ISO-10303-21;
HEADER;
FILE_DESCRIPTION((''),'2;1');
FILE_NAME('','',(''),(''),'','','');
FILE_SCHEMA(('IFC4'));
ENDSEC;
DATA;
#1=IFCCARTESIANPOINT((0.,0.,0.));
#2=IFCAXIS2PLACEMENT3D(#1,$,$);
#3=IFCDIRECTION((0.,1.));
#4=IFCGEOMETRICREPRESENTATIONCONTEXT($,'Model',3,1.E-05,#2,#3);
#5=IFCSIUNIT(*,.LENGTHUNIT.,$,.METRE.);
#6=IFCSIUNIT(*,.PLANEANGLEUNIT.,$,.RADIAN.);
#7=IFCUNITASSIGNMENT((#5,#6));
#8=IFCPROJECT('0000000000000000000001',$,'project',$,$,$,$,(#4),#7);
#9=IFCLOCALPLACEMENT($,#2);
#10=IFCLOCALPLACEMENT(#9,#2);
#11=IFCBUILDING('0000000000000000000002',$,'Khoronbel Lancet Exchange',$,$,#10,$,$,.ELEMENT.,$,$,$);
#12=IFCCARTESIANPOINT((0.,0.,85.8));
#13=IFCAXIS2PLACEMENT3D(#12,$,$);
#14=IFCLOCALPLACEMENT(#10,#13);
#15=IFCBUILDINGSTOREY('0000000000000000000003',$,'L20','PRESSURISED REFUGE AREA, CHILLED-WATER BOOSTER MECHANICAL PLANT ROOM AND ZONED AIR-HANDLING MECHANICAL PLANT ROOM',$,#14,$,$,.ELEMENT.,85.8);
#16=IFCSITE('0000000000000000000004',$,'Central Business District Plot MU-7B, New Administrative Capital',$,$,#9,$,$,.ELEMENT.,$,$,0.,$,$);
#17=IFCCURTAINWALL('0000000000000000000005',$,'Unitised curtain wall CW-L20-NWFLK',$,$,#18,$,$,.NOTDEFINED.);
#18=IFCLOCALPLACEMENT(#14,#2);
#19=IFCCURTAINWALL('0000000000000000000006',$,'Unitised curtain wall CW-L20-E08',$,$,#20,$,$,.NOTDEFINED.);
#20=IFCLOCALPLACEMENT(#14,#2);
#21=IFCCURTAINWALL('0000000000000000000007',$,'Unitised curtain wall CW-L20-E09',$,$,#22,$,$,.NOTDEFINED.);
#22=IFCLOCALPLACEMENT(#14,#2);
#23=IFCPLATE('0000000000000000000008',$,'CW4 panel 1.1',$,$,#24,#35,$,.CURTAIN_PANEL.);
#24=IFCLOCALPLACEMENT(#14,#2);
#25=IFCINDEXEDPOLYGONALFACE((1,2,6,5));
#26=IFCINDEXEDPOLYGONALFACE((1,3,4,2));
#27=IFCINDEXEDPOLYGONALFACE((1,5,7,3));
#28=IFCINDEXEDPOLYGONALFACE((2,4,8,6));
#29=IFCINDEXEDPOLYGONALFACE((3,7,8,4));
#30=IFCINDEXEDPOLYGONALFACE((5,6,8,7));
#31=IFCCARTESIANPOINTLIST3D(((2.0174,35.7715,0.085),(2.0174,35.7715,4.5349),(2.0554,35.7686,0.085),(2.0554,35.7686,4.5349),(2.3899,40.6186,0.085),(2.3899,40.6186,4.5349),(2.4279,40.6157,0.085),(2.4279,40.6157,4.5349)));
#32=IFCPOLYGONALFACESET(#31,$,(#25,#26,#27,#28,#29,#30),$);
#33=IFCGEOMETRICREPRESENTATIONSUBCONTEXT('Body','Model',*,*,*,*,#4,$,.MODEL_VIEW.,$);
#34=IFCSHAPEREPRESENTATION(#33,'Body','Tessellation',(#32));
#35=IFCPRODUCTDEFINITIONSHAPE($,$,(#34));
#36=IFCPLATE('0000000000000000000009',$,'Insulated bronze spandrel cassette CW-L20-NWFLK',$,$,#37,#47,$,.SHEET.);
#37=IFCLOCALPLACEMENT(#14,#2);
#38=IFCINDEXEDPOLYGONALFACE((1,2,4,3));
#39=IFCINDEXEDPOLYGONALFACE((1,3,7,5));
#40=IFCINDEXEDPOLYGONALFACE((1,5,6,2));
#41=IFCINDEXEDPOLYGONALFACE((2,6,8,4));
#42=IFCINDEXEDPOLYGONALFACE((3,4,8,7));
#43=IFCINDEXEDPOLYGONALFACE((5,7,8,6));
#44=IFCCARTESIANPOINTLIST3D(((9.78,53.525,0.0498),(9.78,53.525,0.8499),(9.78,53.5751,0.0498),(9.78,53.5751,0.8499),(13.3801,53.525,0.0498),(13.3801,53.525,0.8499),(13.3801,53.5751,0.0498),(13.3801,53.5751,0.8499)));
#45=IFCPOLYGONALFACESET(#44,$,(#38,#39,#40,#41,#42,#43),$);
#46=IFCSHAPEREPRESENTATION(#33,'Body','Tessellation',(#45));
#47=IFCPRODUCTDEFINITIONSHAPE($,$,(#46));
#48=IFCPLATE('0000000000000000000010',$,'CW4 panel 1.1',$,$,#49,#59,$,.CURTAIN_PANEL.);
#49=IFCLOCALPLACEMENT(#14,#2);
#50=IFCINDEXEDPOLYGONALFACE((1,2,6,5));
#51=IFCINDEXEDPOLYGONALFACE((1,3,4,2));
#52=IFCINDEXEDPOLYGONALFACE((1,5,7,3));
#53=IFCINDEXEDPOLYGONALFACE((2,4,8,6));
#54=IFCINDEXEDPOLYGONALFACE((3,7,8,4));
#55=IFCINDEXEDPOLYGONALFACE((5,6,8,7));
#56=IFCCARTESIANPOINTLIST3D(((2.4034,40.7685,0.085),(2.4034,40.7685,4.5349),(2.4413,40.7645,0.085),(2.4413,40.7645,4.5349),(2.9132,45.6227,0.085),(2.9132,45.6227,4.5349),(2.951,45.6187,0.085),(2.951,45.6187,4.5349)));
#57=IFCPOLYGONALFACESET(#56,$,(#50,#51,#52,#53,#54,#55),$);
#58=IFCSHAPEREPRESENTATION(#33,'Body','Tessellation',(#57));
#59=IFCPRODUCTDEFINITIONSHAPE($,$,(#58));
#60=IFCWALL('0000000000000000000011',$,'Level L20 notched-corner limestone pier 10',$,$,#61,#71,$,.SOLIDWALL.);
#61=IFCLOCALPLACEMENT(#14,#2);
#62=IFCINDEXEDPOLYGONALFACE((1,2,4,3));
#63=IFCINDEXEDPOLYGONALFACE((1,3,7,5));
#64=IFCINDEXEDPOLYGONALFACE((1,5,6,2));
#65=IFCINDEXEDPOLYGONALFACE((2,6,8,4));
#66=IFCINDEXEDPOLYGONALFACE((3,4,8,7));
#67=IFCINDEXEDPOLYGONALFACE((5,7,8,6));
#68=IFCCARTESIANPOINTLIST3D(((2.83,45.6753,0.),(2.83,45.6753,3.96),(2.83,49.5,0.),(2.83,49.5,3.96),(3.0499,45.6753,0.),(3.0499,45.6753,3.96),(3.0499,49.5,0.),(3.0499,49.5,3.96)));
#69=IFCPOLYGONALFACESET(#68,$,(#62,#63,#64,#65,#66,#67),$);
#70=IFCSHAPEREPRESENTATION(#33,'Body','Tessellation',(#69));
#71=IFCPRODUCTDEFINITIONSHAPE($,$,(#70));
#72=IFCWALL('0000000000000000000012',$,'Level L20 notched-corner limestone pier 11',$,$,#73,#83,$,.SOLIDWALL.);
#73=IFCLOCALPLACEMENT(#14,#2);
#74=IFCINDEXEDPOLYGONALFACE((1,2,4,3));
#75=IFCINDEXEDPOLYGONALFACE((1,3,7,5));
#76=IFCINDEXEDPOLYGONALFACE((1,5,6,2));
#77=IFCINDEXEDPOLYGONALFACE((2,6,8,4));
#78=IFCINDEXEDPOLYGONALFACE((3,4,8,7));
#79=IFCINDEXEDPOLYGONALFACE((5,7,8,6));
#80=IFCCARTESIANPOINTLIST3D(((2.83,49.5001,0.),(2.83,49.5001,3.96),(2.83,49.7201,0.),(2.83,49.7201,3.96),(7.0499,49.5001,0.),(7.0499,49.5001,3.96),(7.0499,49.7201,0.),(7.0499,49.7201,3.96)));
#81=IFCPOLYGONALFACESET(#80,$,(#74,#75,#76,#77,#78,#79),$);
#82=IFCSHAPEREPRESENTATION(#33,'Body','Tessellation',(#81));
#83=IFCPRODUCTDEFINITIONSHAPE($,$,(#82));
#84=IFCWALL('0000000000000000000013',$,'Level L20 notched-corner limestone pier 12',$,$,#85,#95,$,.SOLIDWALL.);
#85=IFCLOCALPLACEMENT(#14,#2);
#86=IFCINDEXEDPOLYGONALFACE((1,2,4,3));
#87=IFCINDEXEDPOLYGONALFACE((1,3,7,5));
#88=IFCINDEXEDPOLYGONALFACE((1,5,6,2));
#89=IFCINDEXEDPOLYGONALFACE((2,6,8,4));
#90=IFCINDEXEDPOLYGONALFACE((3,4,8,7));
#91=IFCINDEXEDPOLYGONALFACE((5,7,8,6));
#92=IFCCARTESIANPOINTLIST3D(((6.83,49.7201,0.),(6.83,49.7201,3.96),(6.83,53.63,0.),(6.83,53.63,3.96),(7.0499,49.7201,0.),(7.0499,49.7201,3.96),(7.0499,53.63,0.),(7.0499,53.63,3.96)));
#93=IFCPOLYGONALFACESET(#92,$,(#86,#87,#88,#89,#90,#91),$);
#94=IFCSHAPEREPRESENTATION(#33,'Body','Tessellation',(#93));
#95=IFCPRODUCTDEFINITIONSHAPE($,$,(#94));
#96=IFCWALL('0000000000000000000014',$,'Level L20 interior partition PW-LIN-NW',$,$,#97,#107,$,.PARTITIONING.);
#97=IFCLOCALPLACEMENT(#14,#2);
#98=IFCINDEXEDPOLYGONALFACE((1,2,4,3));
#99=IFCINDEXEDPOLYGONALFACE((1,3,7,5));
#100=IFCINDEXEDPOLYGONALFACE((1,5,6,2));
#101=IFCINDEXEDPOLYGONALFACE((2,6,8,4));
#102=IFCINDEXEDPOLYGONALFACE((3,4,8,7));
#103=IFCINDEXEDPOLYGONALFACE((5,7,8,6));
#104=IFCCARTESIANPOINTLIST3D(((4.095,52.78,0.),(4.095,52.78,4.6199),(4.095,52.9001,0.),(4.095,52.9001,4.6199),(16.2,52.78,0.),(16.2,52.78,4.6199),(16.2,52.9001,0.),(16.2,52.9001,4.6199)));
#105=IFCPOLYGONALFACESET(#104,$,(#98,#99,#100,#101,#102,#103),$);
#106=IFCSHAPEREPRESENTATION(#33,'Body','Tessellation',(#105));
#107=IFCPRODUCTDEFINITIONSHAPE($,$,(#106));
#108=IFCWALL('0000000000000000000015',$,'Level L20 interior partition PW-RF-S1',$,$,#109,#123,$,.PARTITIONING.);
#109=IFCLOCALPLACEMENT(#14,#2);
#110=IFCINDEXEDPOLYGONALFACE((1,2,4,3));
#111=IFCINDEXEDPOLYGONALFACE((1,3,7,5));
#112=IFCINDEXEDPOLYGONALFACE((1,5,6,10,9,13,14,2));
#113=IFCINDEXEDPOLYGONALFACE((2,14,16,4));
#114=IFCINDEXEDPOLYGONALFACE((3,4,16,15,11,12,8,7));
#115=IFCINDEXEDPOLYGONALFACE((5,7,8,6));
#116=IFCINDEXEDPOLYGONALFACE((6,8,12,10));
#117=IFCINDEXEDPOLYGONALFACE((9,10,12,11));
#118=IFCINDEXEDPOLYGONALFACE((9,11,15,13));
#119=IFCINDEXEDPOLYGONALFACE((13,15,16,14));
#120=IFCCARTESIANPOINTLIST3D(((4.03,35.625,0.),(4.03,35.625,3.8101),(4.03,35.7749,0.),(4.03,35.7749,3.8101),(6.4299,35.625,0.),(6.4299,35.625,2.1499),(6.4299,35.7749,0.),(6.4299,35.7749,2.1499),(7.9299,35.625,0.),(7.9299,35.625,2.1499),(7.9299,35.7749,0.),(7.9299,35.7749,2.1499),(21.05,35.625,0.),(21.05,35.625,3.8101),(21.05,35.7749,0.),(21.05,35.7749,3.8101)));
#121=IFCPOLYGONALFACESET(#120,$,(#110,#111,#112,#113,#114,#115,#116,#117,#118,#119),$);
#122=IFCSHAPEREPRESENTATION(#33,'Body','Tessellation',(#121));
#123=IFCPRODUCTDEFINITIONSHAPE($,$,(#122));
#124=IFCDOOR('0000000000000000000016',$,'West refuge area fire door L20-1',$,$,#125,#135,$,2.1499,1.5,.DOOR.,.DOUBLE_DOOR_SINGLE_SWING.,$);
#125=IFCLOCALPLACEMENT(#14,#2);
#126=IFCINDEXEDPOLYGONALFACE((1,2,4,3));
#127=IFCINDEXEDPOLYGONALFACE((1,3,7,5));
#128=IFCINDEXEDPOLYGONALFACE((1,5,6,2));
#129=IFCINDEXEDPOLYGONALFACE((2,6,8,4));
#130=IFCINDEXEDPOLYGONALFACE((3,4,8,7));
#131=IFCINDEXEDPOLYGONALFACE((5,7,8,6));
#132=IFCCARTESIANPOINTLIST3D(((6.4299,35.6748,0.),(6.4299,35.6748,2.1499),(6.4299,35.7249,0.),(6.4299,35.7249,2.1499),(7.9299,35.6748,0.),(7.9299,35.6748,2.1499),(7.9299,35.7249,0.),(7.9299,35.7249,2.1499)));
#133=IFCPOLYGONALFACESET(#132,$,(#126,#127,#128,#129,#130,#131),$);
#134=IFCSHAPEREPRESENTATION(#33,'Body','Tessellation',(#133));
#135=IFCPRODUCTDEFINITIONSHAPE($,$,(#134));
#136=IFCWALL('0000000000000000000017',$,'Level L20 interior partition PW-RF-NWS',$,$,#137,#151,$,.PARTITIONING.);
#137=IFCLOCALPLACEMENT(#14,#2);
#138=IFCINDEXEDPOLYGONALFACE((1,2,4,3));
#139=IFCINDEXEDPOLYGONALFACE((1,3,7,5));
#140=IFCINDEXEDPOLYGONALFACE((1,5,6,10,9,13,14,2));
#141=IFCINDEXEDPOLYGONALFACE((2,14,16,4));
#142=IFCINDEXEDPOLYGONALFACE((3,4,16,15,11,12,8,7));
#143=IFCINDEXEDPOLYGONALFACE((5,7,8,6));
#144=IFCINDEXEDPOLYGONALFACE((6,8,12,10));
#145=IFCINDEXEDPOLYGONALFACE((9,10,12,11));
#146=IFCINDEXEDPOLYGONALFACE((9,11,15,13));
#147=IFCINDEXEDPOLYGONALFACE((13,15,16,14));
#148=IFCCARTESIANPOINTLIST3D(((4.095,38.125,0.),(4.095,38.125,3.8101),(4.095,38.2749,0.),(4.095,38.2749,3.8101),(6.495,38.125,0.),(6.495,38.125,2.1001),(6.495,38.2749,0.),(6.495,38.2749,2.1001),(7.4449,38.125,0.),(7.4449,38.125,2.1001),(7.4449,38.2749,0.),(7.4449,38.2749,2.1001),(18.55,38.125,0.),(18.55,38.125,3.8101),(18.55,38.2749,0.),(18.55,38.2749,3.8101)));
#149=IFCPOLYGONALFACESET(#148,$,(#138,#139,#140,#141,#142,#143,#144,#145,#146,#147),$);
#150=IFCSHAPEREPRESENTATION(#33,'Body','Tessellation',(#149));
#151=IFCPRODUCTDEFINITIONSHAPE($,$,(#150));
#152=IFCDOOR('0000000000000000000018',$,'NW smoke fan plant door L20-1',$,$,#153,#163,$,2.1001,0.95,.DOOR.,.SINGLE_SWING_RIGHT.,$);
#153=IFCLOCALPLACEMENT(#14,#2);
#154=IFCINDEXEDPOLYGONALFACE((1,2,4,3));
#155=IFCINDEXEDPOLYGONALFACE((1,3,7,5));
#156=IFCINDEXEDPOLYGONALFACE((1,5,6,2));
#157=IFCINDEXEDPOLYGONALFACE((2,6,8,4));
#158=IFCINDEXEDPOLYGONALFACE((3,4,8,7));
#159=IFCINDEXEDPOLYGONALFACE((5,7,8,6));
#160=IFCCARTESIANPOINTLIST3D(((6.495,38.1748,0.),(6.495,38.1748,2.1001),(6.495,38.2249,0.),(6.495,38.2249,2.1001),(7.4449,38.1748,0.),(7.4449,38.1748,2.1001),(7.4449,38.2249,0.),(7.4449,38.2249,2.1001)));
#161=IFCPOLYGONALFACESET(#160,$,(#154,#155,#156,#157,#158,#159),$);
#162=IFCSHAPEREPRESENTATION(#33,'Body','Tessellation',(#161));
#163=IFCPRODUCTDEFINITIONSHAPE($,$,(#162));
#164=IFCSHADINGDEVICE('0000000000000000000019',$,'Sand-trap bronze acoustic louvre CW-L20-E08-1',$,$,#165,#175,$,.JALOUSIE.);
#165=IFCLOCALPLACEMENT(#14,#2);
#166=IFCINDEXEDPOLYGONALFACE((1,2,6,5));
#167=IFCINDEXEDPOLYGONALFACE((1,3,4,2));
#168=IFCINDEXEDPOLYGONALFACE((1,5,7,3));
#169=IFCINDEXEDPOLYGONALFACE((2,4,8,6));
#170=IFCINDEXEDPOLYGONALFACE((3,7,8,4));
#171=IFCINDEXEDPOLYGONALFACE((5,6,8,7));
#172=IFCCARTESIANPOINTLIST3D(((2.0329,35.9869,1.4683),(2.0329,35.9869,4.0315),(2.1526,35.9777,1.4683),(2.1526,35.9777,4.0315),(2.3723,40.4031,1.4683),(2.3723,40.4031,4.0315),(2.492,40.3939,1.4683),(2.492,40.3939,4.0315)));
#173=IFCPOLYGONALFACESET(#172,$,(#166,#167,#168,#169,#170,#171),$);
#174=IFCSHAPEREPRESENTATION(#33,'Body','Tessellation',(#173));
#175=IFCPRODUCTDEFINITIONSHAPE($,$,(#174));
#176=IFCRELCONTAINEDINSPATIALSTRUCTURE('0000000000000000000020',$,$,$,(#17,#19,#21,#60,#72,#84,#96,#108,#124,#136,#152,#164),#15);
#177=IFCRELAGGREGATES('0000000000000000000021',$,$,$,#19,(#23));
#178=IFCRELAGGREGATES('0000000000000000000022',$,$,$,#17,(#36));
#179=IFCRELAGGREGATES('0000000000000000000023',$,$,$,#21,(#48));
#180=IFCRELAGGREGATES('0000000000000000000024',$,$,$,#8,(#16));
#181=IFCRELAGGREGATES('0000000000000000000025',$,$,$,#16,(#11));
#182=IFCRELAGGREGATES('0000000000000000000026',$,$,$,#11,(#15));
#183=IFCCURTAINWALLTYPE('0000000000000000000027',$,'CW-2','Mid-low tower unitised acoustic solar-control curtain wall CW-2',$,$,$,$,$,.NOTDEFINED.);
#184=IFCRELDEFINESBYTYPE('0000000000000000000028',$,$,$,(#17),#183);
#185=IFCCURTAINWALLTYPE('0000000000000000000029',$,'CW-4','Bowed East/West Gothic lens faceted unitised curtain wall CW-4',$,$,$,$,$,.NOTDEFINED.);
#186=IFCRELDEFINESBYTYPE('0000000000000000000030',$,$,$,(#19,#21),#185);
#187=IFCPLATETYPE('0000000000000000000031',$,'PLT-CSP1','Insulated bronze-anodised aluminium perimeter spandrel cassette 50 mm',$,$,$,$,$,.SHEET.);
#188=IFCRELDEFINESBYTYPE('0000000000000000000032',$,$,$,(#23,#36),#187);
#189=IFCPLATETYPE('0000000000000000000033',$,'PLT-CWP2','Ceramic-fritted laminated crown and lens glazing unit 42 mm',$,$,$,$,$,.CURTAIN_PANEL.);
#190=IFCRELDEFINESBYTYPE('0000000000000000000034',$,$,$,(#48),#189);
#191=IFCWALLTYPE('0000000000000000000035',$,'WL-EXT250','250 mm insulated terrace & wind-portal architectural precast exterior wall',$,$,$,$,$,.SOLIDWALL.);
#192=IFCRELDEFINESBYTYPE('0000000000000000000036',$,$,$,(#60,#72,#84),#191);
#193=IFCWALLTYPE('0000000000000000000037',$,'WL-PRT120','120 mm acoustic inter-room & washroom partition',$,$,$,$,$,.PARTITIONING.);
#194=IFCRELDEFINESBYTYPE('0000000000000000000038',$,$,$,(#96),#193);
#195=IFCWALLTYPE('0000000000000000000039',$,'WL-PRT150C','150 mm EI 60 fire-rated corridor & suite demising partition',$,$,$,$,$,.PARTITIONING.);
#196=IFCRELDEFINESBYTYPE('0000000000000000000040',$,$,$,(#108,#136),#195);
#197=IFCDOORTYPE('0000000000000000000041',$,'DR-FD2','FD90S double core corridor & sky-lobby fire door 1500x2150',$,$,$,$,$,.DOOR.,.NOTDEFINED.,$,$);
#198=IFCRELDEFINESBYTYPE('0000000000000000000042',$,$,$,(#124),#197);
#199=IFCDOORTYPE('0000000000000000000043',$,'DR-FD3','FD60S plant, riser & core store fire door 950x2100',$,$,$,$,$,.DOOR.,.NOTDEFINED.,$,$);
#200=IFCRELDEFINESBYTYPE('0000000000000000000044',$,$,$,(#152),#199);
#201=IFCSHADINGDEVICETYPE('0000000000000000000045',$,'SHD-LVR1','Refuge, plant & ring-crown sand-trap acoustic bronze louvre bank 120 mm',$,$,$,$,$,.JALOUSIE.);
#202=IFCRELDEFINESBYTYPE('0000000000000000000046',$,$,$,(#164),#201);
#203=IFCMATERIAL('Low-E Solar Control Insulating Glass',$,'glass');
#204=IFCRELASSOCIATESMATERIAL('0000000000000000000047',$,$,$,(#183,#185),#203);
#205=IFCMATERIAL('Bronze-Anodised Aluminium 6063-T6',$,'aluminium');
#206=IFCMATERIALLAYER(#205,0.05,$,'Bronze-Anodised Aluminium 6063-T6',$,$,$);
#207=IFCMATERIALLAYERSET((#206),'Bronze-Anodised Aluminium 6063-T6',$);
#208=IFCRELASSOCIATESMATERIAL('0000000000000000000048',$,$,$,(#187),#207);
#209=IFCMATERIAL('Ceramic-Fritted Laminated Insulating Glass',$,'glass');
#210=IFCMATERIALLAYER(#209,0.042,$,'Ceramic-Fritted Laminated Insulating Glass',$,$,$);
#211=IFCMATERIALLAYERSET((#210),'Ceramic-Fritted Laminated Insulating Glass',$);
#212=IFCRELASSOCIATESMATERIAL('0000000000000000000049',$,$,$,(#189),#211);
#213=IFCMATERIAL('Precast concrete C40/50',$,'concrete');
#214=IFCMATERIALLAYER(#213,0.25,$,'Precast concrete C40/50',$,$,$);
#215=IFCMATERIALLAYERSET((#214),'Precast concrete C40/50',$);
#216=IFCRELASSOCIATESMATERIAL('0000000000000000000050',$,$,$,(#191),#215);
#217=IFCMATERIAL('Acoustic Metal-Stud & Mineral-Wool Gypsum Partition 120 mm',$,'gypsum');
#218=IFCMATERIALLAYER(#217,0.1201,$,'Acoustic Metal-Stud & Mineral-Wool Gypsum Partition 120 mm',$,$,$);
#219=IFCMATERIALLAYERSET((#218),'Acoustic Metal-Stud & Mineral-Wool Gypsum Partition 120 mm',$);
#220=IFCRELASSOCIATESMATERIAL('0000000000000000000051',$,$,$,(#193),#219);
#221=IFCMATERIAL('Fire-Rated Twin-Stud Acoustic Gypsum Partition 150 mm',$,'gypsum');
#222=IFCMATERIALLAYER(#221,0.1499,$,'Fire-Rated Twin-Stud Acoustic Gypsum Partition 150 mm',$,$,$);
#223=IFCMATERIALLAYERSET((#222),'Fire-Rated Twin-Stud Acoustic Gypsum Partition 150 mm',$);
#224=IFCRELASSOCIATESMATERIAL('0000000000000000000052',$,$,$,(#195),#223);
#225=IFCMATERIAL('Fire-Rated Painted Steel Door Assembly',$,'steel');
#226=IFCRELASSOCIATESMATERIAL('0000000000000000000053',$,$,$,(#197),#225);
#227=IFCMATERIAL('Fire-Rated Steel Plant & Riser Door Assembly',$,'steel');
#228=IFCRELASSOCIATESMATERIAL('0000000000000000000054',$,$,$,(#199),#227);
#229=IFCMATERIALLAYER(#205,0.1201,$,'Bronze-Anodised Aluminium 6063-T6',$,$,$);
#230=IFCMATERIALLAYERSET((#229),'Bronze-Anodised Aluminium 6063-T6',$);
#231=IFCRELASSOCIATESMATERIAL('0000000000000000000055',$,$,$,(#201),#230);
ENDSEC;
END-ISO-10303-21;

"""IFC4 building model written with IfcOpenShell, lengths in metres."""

from ifc_helpers import new_model, si_unit, direction, frame, frame_2d, origin, origin_2d, place, context, subcontext, project, spatial, rectangle, extrude, material, layer, layer_set, type_object, element, fill, aggregate, save


model = new_model("IFC4")

# Units and contexts
model_context = context("Model", 3, precision=1e-05, world=origin(), true_north=direction((0.0, 1.0)))
body_context = subcontext(model_context, "Body", "Model", "MODEL_VIEW")
ifc_project = project(units=[si_unit("LENGTHUNIT", "METRE"), si_unit("PLANEANGLEUNIT", "RADIAN")], contexts=[model_context])

# Site, building, storey
site_placement = place(None, origin())
site = spatial("IfcSite", under=ifc_project, at=site_placement, Name="Central Business District Plot MU-7B, New Administrative Capital", CompositionType="ELEMENT", RefElevation=0.0)
building_placement = place(site_placement, origin())
building = spatial("IfcBuilding", under=site, at=building_placement, Name="Khoronbel Lancet Exchange", CompositionType="ELEMENT")
storey_placement = place(building_placement, frame((0.0, 0.0, 85.8)))
storey = spatial("IfcBuildingStorey", under=building, at=storey_placement, Name="L20", Description="PRESSURISED REFUGE AREA, CHILLED-WATER BOOSTER MECHANICAL PLANT ROOM AND ZONED AIR-HANDLING MECHANICAL PLANT ROOM", CompositionType="ELEMENT", Elevation=85.8)

# Curtain wall
ifc_material_1 = material(Name="Low-E Solar Control Insulating Glass", Category="glass")
curtain_wall_type_1 = type_object("IfcCurtainWallType", Name="CW-2", Description="Mid-low tower unitised acoustic solar-control curtain wall CW-2", PredefinedType="NOTDEFINED", material=ifc_material_1)
curtain_wall_1_placement = place(storey_placement, origin())
curtain_wall_1 = element("IfcCurtainWall", 1, at=curtain_wall_1_placement, inside=storey, type_object=curtain_wall_type_1, Name="Unitised curtain wall CW-L20-NWFLK", PredefinedType="NOTDEFINED")
ifc_material_2 = material(Name="Bronze-Anodised Aluminium 6063-T6", Category="aluminium")

# Curtain walls
curtain_wall_type_2 = type_object("IfcCurtainWallType", Name="CW-4", Description="Bowed East/West Gothic lens faceted unitised curtain wall CW-4", PredefinedType="NOTDEFINED", material=ifc_material_1)
curtain_wall_2_placement = place(storey_placement, origin())
curtain_wall_2 = element("IfcCurtainWall", 2, at=curtain_wall_2_placement, inside=storey, type_object=curtain_wall_type_2, Name="Unitised curtain wall CW-L20-E08", PredefinedType="NOTDEFINED")
curtain_wall_3_placement = place(storey_placement, origin())
curtain_wall_3 = element("IfcCurtainWall", 3, at=curtain_wall_3_placement, inside=storey, type_object=curtain_wall_type_2, Name="Unitised curtain wall CW-L20-E09", PredefinedType="NOTDEFINED")

# Plates
ifc_layer_1 = layer(ifc_material_2, 0.05, Name="Bronze-Anodised Aluminium 6063-T6")
ifc_layer_set_1 = layer_set([ifc_layer_1], Name="Bronze-Anodised Aluminium 6063-T6")
plate_type_1 = type_object("IfcPlateType", Name="PLT-CSP1", Description="Insulated bronze-anodised aluminium perimeter spandrel cassette 50 mm", PredefinedType="SHEET", material=ifc_layer_set_1)
plate_1_placement = place(storey_placement, frame((2.2227, 38.1936, 0.085), z_axis=(0.0, 0.0, 1.0), x_axis=(0.076626, 0.99706, 0.0)))
plate_1 = element("IfcPlate", 4, at=plate_1_placement, type_object=plate_type_1, Name="CW4 panel 1.1", PredefinedType="CURTAIN_PANEL", context=body_context, shape_type="SweptSolid", body=[
    extrude(rectangle(XDim=4.8613, YDim=0.0381, at=origin_2d()), origin(), (0.0, 0.0, 1.0), 4.45),
])
aggregate(curtain_wall_2, [plate_1])
plate_2_placement = place(storey_placement, frame((11.5801, 53.55, 0.0498), z_axis=(0.0, 0.0, 1.0), x_axis=(-1.0, 0.0, 0.0)))
plate_2 = element("IfcPlate", 5, at=plate_2_placement, type_object=plate_type_1, Name="Insulated bronze spandrel cassette CW-L20-NWFLK", PredefinedType="SHEET", context=body_context, shape_type="SweptSolid", body=[
    extrude(rectangle(XDim=3.6001, YDim=0.05, at=origin_2d()), origin(), (0.0, 0.0, 1.0), 0.8),
])
aggregate(curtain_wall_1, [plate_2])
ifc_material_3 = material(Name="Ceramic-Fritted Laminated Insulating Glass", Category="glass")
ifc_layer_2 = layer(ifc_material_3, 0.042, Name="Ceramic-Fritted Laminated Insulating Glass")
ifc_layer_set_2 = layer_set([ifc_layer_2], Name="Ceramic-Fritted Laminated Insulating Glass")
plate_type_2 = type_object("IfcPlateType", Name="PLT-CWP2", Description="Ceramic-fritted laminated crown and lens glazing unit 42 mm", PredefinedType="CURTAIN_PANEL", material=ifc_layer_set_2)
plate_3_placement = place(storey_placement, frame((2.6772, 43.1936, 0.085), z_axis=(0.0, 0.0, 1.0), x_axis=(0.104434, 0.994532, 0.0)))
plate_3 = element("IfcPlate", 6, at=plate_3_placement, type_object=plate_type_2, Name="CW4 panel 1.1", PredefinedType="CURTAIN_PANEL", context=body_context, shape_type="SweptSolid", body=[
    extrude(rectangle(XDim=4.8809, YDim=0.0381, at=origin_2d()), origin(), (0.0, 0.0, 1.0), 4.45),
])
aggregate(curtain_wall_3, [plate_3])

# Walls
ifc_material_4 = material(Name="Precast concrete C40/50", Category="concrete")
ifc_layer_3 = layer(ifc_material_4, 0.25, Name="Precast concrete C40/50")
ifc_layer_set_3 = layer_set([ifc_layer_3], Name="Precast concrete C40/50")
wall_type_1 = type_object("IfcWallType", Name="WL-EXT250", Description="250 mm insulated terrace & wind-portal architectural precast exterior wall", PredefinedType="SOLIDWALL", material=ifc_layer_set_3)
wall_1_placement = place(storey_placement, frame((2.9399, 45.6753, 0.0), z_axis=(0.0, 0.0, 1.0), x_axis=(0.0, 1.0, 0.0)))
element("IfcWall", 7, at=wall_1_placement, inside=storey, type_object=wall_type_1, Name="Level L20 notched-corner limestone pier 10", PredefinedType="SOLIDWALL", context=body_context, shape_type="SweptSolid", body=[
    extrude(rectangle(XDim=3.8247, YDim=0.22, at=frame_2d((1.9124, 0.0))), origin(), (0.0, 0.0, 1.0), 3.96),
])
wall_2_placement = place(storey_placement, frame((2.8301, 49.6101, 0.0), z_axis=(0.0, 0.0, 1.0), x_axis=(1.0, 0.0, 0.0)))
element("IfcWall", 8, at=wall_2_placement, inside=storey, type_object=wall_type_1, Name="Level L20 notched-corner limestone pier 11", PredefinedType="SOLIDWALL", context=body_context, shape_type="SweptSolid", body=[
    extrude(rectangle(XDim=4.22, YDim=0.22, at=frame_2d((2.1099, 0.0))), origin(), (0.0, 0.0, 1.0), 3.96),
])
wall_3_placement = place(storey_placement, frame((6.9399, 49.72, 0.0), z_axis=(0.0, 0.0, 1.0), x_axis=(0.0, 1.0, 0.0)))
element("IfcWall", 9, at=wall_3_placement, inside=storey, type_object=wall_type_1, Name="Level L20 notched-corner limestone pier 12", PredefinedType="SOLIDWALL", context=body_context, shape_type="SweptSolid", body=[
    extrude(rectangle(XDim=3.9099, YDim=0.22, at=frame_2d((1.9551, 0.0))), origin(), (0.0, 0.0, 1.0), 3.96),
])
ifc_material_5 = material(Name="Acoustic Metal-Stud & Mineral-Wool Gypsum Partition 120 mm", Category="gypsum")
ifc_layer_4 = layer(ifc_material_5, 0.1201, Name="Acoustic Metal-Stud & Mineral-Wool Gypsum Partition 120 mm")
ifc_layer_set_4 = layer_set([ifc_layer_4], Name="Acoustic Metal-Stud & Mineral-Wool Gypsum Partition 120 mm")
wall_type_2 = type_object("IfcWallType", Name="WL-PRT120", Description="120 mm acoustic inter-room & washroom partition", PredefinedType="PARTITIONING", material=ifc_layer_set_4)
wall_4_placement = place(storey_placement, frame((4.095, 52.8401, 0.0), z_axis=(0.0, 0.0, 1.0), x_axis=(1.0, 0.0, 0.0)))
element("IfcWall", 10, at=wall_4_placement, inside=storey, type_object=wall_type_2, Name="Level L20 interior partition PW-LIN-NW", PredefinedType="PARTITIONING", context=body_context, shape_type="SweptSolid", body=[
    extrude(rectangle(XDim=12.105, YDim=0.1201, at=frame_2d((6.0525, 0.0))), origin(), (0.0, 0.0, 1.0), 4.6199),
])

# Walls, openings, doors
ifc_material_6 = material(Name="Fire-Rated Twin-Stud Acoustic Gypsum Partition 150 mm", Category="gypsum")
ifc_layer_5 = layer(ifc_material_6, 0.1499, Name="Fire-Rated Twin-Stud Acoustic Gypsum Partition 150 mm")
ifc_layer_set_5 = layer_set([ifc_layer_5], Name="Fire-Rated Twin-Stud Acoustic Gypsum Partition 150 mm")
wall_type_3 = type_object("IfcWallType", Name="WL-PRT150C", Description="150 mm EI 60 fire-rated corridor & suite demising partition", PredefinedType="PARTITIONING", material=ifc_layer_set_5)
wall_5_placement = place(storey_placement, frame((4.03, 35.7, 0.0), z_axis=(0.0, 0.0, 1.0), x_axis=(1.0, 0.0, 0.0)))
wall_5 = element("IfcWall", 11, at=wall_5_placement, inside=storey, type_object=wall_type_3, Name="Level L20 interior partition PW-RF-S1", PredefinedType="PARTITIONING", context=body_context, shape_type="SweptSolid", body=[
    extrude(rectangle(XDim=17.02, YDim=0.1499, at=frame_2d((8.51, 0.0))), origin(), (0.0, 0.0, 1.0), 3.8101),
])
opening_1_placement = place(wall_5_placement, frame((2.3999, 0.0, 0.0)))
opening_1 = element("IfcOpeningElement", 12, at=opening_1_placement, cuts=wall_5, PredefinedType="OPENING", context=body_context, shape_type="SweptSolid", body=[
    extrude(rectangle(XDim=1.5, YDim=2.1499, at=frame_2d((0.75, 1.075))), frame((0.0, 0.085, 0.0), z_axis=(0.0, -1.0, 0.0), x_axis=(1.0, 0.0, 0.0)), (0.0, 0.0, 1.0), 0.1699),
])
ifc_material_7 = material(Name="Fire-Rated Painted Steel Door Assembly", Category="steel")
door_type_1 = type_object("IfcDoorType", Name="DR-FD2", Description="FD90S double core corridor & sky-lobby fire door 1500x2150", OperationType="NOTDEFINED", PredefinedType="DOOR", material=ifc_material_7)
door_1_placement = place(opening_1_placement, origin())
door_1 = element("IfcDoor", 13, at=door_1_placement, inside=storey, type_object=door_type_1, Name="West refuge area fire door L20-1", OperationType="DOUBLE_DOOR_SINGLE_SWING", OverallHeight=2.1499, OverallWidth=1.5, PredefinedType="DOOR", context=body_context, shape_type="SweptSolid", body=[
    extrude(rectangle(XDim=1.5, YDim=2.1499, at=frame_2d((0.75, 1.075))), frame((0.0, 0.0249, 0.0), z_axis=(0.0, -1.0, 0.0), x_axis=(1.0, 0.0, 0.0)), (0.0, 0.0, 1.0), 0.05),
])
fill(opening_1, door_1)
wall_6_placement = place(storey_placement, frame((4.095, 38.2, 0.0), z_axis=(0.0, 0.0, 1.0), x_axis=(1.0, 0.0, 0.0)))
wall_6 = element("IfcWall", 14, at=wall_6_placement, inside=storey, type_object=wall_type_3, Name="Level L20 interior partition PW-RF-NWS", PredefinedType="PARTITIONING", context=body_context, shape_type="SweptSolid", body=[
    extrude(rectangle(XDim=14.4551, YDim=0.1499, at=frame_2d((7.2275, 0.0))), origin(), (0.0, 0.0, 1.0), 3.8101),
])
opening_2_placement = place(wall_6_placement, frame((2.3999, 0.0, 0.0)))
opening_2 = element("IfcOpeningElement", 15, at=opening_2_placement, cuts=wall_6, PredefinedType="OPENING", context=body_context, shape_type="SweptSolid", body=[
    extrude(rectangle(XDim=0.95, YDim=2.1001, at=frame_2d((0.4751, 1.05))), frame((0.0, 0.085, 0.0), z_axis=(0.0, -1.0, 0.0), x_axis=(1.0, 0.0, 0.0)), (0.0, 0.0, 1.0), 0.1699),
])
ifc_material_8 = material(Name="Fire-Rated Steel Plant & Riser Door Assembly", Category="steel")
door_type_2 = type_object("IfcDoorType", Name="DR-FD3", Description="FD60S plant, riser & core store fire door 950x2100", OperationType="NOTDEFINED", PredefinedType="DOOR", material=ifc_material_8)
door_2_placement = place(opening_2_placement, origin())
door_2 = element("IfcDoor", 16, at=door_2_placement, inside=storey, type_object=door_type_2, Name="NW smoke fan plant door L20-1", OperationType="SINGLE_SWING_RIGHT", OverallHeight=2.1001, OverallWidth=0.95, PredefinedType="DOOR", context=body_context, shape_type="SweptSolid", body=[
    extrude(rectangle(XDim=0.95, YDim=2.1001, at=frame_2d((0.4751, 1.05))), frame((0.0, 0.0249, 0.0), z_axis=(0.0, -1.0, 0.0), x_axis=(1.0, 0.0, 0.0)), (0.0, 0.0, 1.0), 0.05),
])
fill(opening_2, door_2)

# Shading device
ifc_layer_6 = layer(ifc_material_2, 0.1201, Name="Bronze-Anodised Aluminium 6063-T6")
ifc_layer_set_6 = layer_set([ifc_layer_6], Name="Bronze-Anodised Aluminium 6063-T6")
shading_device_type = type_object("IfcShadingDeviceType", Name="SHD-LVR1", Description="Refuge, plant & ring-crown sand-trap acoustic bronze louvre bank 120 mm", PredefinedType="JALOUSIE", material=ifc_layer_set_6)
shading_device_1_placement = place(storey_placement, frame((2.2625, 38.1904, 1.4683), z_axis=(0.0, 0.0, 1.0), x_axis=(0.076626, 0.99706, 0.0)))
element("IfcShadingDevice", 17, at=shading_device_1_placement, inside=storey, type_object=shading_device_type, Name="Sand-trap bronze acoustic louvre CW-L20-E08-1", PredefinedType="JALOUSIE", context=body_context, shape_type="SweptSolid", body=[
    extrude(rectangle(XDim=4.4292, YDim=0.1201, at=origin_2d()), origin(), (0.0, 0.0, 1.0), 2.5632),
])

save(model, "model.ifc")
